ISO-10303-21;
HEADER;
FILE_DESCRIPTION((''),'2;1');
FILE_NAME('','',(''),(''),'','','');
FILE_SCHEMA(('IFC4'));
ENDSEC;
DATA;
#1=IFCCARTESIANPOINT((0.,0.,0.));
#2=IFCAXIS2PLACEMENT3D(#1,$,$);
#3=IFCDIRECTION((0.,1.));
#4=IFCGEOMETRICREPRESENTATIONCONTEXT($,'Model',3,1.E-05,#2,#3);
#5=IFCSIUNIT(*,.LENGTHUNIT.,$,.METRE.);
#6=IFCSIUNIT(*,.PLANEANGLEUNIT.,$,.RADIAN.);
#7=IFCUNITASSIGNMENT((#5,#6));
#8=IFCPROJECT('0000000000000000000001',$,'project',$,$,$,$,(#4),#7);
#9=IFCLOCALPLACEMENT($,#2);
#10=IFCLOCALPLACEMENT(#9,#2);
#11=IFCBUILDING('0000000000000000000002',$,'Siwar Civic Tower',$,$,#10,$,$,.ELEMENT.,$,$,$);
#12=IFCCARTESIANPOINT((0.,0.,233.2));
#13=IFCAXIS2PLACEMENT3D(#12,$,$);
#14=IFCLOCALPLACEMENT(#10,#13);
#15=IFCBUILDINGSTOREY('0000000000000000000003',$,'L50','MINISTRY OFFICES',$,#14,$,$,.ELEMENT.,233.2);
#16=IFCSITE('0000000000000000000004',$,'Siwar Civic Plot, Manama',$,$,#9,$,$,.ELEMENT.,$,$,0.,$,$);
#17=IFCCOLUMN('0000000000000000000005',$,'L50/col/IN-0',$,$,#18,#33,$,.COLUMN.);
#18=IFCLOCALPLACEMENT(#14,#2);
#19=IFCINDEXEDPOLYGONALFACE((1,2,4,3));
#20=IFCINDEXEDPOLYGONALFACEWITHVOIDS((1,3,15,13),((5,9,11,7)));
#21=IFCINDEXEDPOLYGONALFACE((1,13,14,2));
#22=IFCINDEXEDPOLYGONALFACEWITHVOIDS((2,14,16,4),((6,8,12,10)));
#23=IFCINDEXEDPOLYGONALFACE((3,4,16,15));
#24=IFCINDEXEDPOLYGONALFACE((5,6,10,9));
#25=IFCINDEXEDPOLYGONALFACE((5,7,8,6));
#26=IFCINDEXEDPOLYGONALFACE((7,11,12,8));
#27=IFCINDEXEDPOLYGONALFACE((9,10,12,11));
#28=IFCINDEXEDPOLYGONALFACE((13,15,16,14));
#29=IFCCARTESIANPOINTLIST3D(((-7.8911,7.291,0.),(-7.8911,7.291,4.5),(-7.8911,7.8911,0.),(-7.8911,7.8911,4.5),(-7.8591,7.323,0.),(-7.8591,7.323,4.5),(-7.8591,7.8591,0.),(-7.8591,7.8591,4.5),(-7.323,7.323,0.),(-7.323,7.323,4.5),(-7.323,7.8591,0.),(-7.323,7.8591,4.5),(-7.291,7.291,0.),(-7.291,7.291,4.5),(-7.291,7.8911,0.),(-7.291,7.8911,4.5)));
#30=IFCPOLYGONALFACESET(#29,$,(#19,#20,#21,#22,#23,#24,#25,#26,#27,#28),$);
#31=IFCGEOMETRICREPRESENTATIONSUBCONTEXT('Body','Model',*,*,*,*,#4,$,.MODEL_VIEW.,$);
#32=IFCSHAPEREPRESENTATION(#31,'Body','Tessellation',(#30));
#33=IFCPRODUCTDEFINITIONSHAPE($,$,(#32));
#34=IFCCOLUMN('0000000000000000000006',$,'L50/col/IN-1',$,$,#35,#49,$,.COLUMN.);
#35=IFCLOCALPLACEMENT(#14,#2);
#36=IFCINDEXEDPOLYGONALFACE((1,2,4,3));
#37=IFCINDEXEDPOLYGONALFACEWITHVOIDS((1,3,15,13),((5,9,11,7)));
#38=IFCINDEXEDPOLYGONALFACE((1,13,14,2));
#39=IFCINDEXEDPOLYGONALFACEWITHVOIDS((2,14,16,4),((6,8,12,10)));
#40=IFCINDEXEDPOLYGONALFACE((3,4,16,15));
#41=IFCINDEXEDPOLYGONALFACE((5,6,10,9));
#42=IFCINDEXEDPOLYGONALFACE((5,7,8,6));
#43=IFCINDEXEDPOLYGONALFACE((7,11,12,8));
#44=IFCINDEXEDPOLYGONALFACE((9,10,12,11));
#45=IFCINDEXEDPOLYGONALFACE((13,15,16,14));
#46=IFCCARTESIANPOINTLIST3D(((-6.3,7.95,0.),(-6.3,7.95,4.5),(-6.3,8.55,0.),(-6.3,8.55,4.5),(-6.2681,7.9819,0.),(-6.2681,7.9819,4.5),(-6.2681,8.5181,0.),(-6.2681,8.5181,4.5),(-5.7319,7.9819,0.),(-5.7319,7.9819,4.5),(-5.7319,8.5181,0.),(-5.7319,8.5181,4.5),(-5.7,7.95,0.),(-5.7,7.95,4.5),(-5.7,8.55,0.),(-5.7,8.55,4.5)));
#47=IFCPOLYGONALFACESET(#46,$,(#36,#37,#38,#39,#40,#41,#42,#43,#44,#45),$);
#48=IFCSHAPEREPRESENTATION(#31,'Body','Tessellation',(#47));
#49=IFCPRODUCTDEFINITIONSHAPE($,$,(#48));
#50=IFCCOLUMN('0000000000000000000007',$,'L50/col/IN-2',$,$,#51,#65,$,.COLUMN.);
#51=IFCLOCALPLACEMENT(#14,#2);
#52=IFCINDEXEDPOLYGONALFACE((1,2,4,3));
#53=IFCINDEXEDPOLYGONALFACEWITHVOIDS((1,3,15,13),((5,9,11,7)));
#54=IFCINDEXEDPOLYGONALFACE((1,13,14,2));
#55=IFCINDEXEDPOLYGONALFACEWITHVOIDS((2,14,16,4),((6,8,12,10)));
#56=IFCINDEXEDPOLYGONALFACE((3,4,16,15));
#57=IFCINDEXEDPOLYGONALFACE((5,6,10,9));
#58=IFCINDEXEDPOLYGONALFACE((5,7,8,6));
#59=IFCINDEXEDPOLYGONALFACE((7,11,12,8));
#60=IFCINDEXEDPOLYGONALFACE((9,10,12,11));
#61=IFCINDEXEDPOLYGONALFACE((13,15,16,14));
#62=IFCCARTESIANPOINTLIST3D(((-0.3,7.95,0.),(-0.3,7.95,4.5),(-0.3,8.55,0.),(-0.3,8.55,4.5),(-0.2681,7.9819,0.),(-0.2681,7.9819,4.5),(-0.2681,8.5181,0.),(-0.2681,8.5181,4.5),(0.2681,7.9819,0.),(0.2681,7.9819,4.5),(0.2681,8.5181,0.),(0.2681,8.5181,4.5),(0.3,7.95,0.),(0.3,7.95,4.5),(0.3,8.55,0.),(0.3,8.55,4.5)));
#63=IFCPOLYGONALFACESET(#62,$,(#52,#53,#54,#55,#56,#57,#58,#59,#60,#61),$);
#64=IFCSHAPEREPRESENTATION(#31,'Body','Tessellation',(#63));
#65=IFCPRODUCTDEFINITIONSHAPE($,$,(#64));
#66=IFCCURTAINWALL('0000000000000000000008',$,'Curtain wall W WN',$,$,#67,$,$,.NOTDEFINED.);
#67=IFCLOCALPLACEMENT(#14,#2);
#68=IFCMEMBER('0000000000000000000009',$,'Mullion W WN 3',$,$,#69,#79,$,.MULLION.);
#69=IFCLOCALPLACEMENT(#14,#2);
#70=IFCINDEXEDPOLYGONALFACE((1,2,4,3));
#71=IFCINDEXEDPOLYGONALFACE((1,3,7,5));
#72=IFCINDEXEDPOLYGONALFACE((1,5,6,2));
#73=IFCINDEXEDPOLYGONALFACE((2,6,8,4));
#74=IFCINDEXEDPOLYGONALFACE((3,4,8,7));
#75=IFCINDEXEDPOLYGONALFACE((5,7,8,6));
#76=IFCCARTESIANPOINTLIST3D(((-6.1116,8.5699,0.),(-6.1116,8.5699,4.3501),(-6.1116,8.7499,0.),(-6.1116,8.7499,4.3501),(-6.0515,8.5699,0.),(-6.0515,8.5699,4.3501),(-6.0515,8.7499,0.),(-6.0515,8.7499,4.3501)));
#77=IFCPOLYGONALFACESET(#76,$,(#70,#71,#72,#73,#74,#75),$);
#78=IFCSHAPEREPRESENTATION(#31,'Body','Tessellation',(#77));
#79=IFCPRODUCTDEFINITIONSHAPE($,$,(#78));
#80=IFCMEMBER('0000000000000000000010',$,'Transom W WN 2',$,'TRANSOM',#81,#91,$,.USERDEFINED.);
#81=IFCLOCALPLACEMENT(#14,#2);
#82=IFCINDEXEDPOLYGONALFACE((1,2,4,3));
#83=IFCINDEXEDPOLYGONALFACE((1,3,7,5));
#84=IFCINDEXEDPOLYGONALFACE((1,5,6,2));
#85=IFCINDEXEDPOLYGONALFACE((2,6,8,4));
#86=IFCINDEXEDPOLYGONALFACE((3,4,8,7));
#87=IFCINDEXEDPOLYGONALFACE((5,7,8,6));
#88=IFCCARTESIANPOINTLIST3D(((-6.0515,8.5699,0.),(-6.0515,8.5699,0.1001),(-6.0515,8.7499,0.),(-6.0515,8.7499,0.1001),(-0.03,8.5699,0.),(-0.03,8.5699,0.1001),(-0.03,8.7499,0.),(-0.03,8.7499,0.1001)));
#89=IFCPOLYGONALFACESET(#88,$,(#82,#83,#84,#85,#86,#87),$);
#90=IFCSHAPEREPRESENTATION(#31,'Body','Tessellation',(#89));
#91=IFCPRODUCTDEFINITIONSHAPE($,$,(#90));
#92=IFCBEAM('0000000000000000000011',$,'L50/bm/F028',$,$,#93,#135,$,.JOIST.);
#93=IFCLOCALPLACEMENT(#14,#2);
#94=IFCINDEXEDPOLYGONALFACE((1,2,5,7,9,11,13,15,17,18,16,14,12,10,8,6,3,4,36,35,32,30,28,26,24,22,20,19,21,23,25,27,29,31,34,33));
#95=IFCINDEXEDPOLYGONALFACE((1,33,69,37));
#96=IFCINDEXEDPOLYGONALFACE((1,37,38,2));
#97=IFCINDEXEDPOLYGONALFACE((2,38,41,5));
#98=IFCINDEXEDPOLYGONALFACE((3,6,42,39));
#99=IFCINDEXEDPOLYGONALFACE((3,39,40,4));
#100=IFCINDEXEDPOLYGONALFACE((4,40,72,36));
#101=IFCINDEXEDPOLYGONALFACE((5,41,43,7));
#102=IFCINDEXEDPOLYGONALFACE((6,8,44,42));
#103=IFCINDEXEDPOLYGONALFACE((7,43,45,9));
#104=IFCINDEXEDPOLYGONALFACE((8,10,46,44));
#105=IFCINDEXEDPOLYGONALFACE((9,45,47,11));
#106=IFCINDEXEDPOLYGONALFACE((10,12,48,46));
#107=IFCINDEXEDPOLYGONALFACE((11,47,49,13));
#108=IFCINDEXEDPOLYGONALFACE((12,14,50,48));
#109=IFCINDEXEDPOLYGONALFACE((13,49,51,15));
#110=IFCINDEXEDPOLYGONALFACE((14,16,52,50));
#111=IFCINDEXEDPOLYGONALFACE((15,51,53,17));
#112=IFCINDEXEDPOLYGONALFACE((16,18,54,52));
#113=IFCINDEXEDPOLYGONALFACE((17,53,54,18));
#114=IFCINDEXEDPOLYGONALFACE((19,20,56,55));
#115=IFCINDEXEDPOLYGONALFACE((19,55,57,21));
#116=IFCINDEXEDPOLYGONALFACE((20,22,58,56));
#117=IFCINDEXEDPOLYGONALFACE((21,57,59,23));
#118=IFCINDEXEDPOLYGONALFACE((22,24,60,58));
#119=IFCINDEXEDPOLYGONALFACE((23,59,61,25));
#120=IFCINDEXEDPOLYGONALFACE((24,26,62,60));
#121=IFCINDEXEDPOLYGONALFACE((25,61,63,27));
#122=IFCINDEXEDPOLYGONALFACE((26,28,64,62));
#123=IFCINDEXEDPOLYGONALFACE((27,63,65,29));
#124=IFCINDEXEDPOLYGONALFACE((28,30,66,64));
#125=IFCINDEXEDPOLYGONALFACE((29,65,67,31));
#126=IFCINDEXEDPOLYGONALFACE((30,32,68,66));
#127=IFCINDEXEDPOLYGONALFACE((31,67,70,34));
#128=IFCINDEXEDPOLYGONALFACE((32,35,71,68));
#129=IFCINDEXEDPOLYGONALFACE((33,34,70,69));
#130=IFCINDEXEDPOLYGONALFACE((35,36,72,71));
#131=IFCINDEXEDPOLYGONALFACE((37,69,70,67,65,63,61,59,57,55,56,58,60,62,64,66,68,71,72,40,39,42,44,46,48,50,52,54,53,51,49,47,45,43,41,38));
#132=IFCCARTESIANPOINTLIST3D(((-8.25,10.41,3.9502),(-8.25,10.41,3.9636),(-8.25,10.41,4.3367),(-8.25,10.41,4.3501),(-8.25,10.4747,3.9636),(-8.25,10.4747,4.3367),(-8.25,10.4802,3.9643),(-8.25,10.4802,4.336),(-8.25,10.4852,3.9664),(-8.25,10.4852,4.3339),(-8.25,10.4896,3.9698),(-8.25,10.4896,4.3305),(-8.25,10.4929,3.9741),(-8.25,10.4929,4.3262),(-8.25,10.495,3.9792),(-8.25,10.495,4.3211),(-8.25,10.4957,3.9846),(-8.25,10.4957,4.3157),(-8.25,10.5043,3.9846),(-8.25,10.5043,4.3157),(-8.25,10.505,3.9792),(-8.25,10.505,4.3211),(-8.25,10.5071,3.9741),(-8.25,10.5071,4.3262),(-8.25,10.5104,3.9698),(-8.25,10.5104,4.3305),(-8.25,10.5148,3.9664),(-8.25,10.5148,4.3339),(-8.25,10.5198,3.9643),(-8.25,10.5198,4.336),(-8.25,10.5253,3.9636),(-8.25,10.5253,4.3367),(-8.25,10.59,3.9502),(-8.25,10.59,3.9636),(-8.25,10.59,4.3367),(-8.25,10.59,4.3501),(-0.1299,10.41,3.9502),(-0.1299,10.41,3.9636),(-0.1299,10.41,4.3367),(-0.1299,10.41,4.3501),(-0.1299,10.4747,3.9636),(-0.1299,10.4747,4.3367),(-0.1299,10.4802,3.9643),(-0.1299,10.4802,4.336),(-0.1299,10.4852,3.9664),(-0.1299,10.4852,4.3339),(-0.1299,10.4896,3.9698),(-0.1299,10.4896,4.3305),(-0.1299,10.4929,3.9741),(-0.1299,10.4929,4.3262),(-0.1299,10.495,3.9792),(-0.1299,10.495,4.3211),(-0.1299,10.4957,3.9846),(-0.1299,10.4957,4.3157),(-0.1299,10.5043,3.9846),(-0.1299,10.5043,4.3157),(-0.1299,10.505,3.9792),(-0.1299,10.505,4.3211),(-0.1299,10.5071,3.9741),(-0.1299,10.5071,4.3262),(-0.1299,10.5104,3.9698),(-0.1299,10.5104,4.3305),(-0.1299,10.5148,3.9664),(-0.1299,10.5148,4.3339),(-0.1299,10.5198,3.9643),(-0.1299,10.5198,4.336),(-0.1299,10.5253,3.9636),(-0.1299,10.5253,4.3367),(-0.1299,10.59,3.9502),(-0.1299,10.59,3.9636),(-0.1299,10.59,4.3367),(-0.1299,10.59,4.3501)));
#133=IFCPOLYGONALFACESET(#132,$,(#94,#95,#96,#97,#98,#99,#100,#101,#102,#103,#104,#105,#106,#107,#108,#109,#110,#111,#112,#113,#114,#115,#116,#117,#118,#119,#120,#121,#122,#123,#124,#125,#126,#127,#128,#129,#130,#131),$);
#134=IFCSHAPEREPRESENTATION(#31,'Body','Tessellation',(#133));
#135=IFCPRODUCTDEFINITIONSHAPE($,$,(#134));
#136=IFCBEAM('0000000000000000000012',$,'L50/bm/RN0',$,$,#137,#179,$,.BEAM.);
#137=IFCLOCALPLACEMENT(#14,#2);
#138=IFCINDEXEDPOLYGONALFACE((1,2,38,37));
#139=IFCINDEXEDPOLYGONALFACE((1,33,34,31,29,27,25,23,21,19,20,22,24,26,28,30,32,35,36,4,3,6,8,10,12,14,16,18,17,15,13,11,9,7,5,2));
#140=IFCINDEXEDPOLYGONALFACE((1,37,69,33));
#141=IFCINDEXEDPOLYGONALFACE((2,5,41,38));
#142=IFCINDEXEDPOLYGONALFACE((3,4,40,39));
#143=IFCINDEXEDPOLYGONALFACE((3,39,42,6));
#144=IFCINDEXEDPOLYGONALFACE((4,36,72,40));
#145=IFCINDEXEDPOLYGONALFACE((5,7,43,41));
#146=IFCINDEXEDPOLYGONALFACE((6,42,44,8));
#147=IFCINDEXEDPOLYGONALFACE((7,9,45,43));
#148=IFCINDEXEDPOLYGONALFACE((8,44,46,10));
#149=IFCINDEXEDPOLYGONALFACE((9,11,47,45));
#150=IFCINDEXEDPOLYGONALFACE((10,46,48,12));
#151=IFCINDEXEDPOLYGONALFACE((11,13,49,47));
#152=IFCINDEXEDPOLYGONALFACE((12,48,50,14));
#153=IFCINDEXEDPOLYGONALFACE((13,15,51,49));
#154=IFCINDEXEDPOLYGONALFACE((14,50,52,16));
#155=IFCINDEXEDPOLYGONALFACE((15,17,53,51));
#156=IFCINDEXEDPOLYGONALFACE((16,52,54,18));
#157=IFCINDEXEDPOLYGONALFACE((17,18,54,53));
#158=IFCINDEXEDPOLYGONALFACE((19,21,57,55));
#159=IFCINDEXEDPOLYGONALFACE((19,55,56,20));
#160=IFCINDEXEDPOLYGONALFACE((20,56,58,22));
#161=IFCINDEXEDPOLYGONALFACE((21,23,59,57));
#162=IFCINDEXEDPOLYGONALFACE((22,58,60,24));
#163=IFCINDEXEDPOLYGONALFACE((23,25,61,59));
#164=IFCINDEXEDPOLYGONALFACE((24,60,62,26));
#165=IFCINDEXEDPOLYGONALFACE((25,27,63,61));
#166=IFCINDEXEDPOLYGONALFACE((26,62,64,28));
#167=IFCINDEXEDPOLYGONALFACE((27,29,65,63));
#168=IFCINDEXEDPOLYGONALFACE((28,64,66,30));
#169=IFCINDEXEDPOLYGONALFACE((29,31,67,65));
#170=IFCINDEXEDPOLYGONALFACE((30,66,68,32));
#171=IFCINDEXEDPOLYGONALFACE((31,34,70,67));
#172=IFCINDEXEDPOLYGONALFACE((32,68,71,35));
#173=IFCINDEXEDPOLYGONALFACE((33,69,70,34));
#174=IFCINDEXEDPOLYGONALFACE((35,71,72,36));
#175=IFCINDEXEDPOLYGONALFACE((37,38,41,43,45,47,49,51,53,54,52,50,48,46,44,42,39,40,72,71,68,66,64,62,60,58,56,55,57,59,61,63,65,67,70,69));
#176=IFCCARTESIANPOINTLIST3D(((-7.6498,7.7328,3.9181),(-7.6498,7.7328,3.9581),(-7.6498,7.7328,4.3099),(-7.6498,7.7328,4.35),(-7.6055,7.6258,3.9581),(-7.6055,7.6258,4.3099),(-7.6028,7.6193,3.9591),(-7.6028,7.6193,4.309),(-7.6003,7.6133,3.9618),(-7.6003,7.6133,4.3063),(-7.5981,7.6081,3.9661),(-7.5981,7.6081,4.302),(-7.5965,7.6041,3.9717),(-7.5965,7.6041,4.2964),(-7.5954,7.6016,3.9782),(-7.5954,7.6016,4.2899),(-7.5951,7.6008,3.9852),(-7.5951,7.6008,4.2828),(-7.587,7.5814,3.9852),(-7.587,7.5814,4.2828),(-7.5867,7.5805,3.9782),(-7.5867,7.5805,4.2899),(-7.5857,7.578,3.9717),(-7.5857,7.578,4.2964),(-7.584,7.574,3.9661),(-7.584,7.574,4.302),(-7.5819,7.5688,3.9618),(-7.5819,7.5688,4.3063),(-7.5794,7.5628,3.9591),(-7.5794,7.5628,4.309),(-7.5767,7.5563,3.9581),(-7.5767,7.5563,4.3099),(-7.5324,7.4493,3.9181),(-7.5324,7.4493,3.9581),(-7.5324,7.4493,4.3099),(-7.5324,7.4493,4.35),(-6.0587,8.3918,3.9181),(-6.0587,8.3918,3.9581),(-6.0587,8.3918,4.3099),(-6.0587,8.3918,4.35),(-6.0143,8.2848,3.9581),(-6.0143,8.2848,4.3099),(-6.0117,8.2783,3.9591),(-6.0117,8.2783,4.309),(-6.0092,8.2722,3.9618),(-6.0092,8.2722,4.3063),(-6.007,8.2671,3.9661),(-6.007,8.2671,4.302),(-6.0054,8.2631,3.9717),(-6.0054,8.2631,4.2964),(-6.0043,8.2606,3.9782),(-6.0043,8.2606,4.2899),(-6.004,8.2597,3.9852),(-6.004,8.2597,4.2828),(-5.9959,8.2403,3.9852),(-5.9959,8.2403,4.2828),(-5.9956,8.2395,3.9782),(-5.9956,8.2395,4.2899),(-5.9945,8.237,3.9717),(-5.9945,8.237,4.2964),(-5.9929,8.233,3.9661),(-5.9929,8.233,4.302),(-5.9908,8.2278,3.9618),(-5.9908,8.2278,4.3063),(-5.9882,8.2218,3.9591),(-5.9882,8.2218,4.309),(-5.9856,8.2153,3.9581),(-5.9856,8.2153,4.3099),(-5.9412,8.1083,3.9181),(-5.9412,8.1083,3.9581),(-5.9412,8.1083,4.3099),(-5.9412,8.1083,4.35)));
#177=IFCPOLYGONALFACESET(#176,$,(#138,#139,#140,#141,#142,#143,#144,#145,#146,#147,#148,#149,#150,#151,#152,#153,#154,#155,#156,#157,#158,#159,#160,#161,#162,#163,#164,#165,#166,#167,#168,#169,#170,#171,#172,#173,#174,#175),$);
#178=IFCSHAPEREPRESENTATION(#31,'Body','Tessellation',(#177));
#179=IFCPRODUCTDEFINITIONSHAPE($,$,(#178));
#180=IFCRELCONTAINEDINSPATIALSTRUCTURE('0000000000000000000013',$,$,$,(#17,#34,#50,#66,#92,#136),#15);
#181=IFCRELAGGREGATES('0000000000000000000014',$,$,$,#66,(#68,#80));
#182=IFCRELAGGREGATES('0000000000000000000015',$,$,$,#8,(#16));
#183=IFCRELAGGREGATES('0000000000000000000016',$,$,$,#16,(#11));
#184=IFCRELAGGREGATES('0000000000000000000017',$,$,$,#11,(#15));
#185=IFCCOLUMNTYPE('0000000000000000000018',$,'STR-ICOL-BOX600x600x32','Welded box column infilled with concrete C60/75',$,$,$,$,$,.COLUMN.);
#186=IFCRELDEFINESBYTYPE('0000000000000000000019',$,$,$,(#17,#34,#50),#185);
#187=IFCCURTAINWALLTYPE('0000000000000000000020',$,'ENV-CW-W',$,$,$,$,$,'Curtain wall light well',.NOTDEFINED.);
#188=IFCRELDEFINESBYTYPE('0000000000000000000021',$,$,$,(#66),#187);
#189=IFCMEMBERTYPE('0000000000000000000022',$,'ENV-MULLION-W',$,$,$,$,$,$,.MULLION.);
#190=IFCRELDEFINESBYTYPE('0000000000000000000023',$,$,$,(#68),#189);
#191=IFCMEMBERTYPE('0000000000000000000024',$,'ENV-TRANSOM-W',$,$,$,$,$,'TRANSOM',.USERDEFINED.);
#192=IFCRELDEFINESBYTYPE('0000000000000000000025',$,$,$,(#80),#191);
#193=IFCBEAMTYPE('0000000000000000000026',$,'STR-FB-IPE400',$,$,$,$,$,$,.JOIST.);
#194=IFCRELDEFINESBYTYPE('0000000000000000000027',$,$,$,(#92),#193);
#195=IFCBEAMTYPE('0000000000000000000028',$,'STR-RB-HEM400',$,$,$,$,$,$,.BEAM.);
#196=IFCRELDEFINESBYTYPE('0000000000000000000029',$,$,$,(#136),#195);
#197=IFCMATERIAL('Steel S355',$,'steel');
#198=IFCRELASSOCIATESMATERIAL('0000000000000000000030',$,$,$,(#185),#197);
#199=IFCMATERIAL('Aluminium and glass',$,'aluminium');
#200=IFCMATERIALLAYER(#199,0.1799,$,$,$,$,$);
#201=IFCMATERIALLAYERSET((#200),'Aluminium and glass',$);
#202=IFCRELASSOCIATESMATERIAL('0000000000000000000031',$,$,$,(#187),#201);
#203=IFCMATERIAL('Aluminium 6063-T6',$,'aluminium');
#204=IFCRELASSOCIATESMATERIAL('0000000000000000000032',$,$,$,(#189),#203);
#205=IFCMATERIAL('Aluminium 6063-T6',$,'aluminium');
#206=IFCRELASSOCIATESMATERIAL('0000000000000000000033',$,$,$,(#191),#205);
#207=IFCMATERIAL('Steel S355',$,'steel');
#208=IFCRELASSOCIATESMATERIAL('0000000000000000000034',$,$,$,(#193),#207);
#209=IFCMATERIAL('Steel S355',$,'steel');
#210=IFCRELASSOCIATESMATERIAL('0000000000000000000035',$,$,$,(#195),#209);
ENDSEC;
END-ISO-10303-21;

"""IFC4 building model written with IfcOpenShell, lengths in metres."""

from ifc_helpers import new_model, si_unit, direction, frame, origin, origin_2d, place, context, subcontext, project, spatial, rectangle, hollow_rectangle, i_section, extrude, material, layer, layer_set, material_profile, profile_set, type_object, element, aggregate, save


model = new_model("IFC4")

# Units and contexts
model_context = context("Model", 3, precision=1e-05, world=origin(), true_north=direction((0.0, 1.0)))
body_context = subcontext(model_context, "Body", "Model", "MODEL_VIEW")
ifc_project = project(units=[si_unit("LENGTHUNIT", "METRE"), si_unit("PLANEANGLEUNIT", "RADIAN")], contexts=[model_context])

# Site, building, storey
site_placement = place(None, origin())
site = spatial("IfcSite", under=ifc_project, at=site_placement, Name="Siwar Civic Plot, Manama", CompositionType="ELEMENT", RefElevation=0.0)
building_placement = place(site_placement, origin())
building = spatial("IfcBuilding", under=site, at=building_placement, Name="Siwar Civic Tower", CompositionType="ELEMENT")
storey_placement = place(building_placement, frame((0.0, 0.0, 233.2)))
storey = spatial("IfcBuildingStorey", under=building, at=storey_placement, Name="L50", Description="MINISTRY OFFICES", CompositionType="ELEMENT", Elevation=233.2)

# Columns
ifc_material_1 = material(Name="Steel S355", Category="steel")
ifc_material_profile_1 = material_profile(ifc_material_1, hollow_rectangle(XDim=0.6001, YDim=0.6001, WallThickness=0.032, at=origin_2d()), Name="BOX600x600x32")
ifc_profile_set_1 = profile_set([ifc_material_profile_1], Name="Steel S355")
column_type = type_object("IfcColumnType", Name="STR-ICOL-BOX600x600x32", Description="Welded box column infilled with concrete C60/75", PredefinedType="COLUMN", material=ifc_profile_set_1)
for number, where, z_axis, x_axis, name in (
    (1, (-7.5911, 7.5911, 0.0), (0.0, 0.0, 1.0), (1.0, 0.0, 0.0), "L50/col/IN-0"),
    (2, (-6.0, 8.25, 0.0), (0.0, 0.0, 1.0), (1.0, 0.0, 0.0), "L50/col/IN-1"),
    (3, (0.0, 8.25, 0.0), (0.0, 0.0, 1.0), (1.0, 0.0, 0.0), "L50/col/IN-2"),
):
    element("IfcColumn", number, at=place(storey_placement, frame(where, z_axis=z_axis, x_axis=x_axis)), inside=storey, type_object=column_type, Name=name, PredefinedType="COLUMN", context=body_context, shape_type="SweptSolid", body=[
        extrude(hollow_rectangle(XDim=0.6001, YDim=0.6001, WallThickness=0.032, at=origin_2d()), origin(), (0.0, 0.0, 1.0), 4.5),
    ])

# Curtain wall, members
ifc_material_2 = material(Name="Aluminium and glass", Category="aluminium")
ifc_layer_1 = layer(ifc_material_2, 0.1799)
ifc_layer_set_1 = layer_set([ifc_layer_1], Name="Aluminium and glass")
curtain_wall_type = type_object("IfcCurtainWallType", Name="ENV-CW-W", ElementType="Curtain wall light well", PredefinedType="NOTDEFINED", material=ifc_layer_set_1)
curtain_wall_placement = place(storey_placement, origin())
curtain_wall = element("IfcCurtainWall", 4, at=curtain_wall_placement, inside=storey, type_object=curtain_wall_type, Name="Curtain wall W WN", PredefinedType="NOTDEFINED")
ifc_material_3 = material(Name="Aluminium 6063-T6", Category="aluminium")
ifc_material_profile_2 = material_profile(ifc_material_3, rectangle(XDim=0.1799, YDim=0.0601, at=origin_2d()), Name="AL 180x60")
ifc_profile_set_2 = profile_set([ifc_material_profile_2], Name="Aluminium 6063-T6")
member_type_1 = type_object("IfcMemberType", Name="ENV-MULLION-W", PredefinedType="MULLION", material=ifc_profile_set_2)
member_1_placement = place(storey_placement, frame((-6.0815, 8.6599, 0.0), z_axis=(0.0, 0.0, 1.0), x_axis=(0.0, -1.0, 0.0)))
member_1 = element("IfcMember", 5, at=member_1_placement, type_object=member_type_1, Name="Mullion W WN 3", PredefinedType="MULLION", context=body_context, shape_type="SweptSolid", body=[
    extrude(rectangle(XDim=0.1799, YDim=0.0601, at=origin_2d()), origin(), (0.0, 0.0, 1.0), 4.3501),
])
ifc_material_4 = material(Name="Aluminium 6063-T6", Category="aluminium")
ifc_material_profile_3 = material_profile(ifc_material_4, rectangle(XDim=0.1799, YDim=0.1001, at=origin_2d()), Name="AL 180x100")
ifc_profile_set_3 = profile_set([ifc_material_profile_3], Name="Aluminium 6063-T6")
member_type_2 = type_object("IfcMemberType", Name="ENV-TRANSOM-W", ElementType="TRANSOM", PredefinedType="USERDEFINED", material=ifc_profile_set_3)
member_2_placement = place(storey_placement, frame((-0.03, 8.6599, 0.05), z_axis=(-1.0, 0.0, 0.0), x_axis=(0.0, -1.0, 0.0)))
member_2 = element("IfcMember", 6, at=member_2_placement, type_object=member_type_2, Name="Transom W WN 2", ObjectType="TRANSOM", PredefinedType="USERDEFINED", context=body_context, shape_type="SweptSolid", body=[
    extrude(rectangle(XDim=0.1799, YDim=0.1001, at=origin_2d()), origin(), (0.0, 0.0, 1.0), 6.0215),
])

# Beams
ifc_material_5 = material(Name="Steel S355", Category="steel")
ifc_material_profile_4 = material_profile(ifc_material_5, i_section(OverallWidth=0.1799, OverallDepth=0.3999, WebThickness=0.0085, FlangeThickness=0.0134, FilletRadius=0.021, at=origin_2d()), Name="IPE400")
ifc_profile_set_4 = profile_set([ifc_material_profile_4], Name="Steel S355")
beam_type_1 = type_object("IfcBeamType", Name="STR-FB-IPE400", PredefinedType="JOIST", material=ifc_profile_set_4)
beam_1_placement = place(storey_placement, frame((-8.25, 10.5, 4.1501), z_axis=(1.0, 0.0, 0.0), x_axis=(0.0, 1.0, 0.0)))
element("IfcBeam", 7, at=beam_1_placement, inside=storey, type_object=beam_type_1, Name="L50/bm/F028", PredefinedType="JOIST", context=body_context, shape_type="SweptSolid", body=[
    extrude(i_section(OverallWidth=0.1799, OverallDepth=0.3999, WebThickness=0.0085, FlangeThickness=0.0134, FilletRadius=0.021, at=origin_2d()), origin(), (0.0, 0.0, 1.0), 8.1201),
])
ifc_material_6 = material(Name="Steel S355", Category="steel")
ifc_material_profile_5 = material_profile(ifc_material_6, i_section(OverallWidth=0.3069, OverallDepth=0.4319, WebThickness=0.021, FlangeThickness=0.04, FilletRadius=0.0271, at=origin_2d()), Name="HEM400")
ifc_profile_set_5 = profile_set([ifc_material_profile_5], Name="Steel S355")
beam_type_2 = type_object("IfcBeamType", Name="STR-RB-HEM400", PredefinedType="BEAM", material=ifc_profile_set_5)
beam_2_placement = place(storey_placement, frame((-7.5911, 7.5911, 4.134), z_axis=(0.923901, 0.382631, 0.0), x_axis=(-0.382631, 0.923901, 0.0)))
element("IfcBeam", 8, at=beam_2_placement, inside=storey, type_object=beam_type_2, Name="L50/bm/RN0", PredefinedType="BEAM", context=body_context, shape_type="SweptSolid", body=[
    extrude(i_section(OverallWidth=0.3069, OverallDepth=0.4319, WebThickness=0.021, FlangeThickness=0.04, FilletRadius=0.0271, at=origin_2d()), origin(), (0.0, 0.0, 1.0), 1.7222),
])

aggregate(curtain_wall, [member_1, member_2])

save(model, "model.ifc")
